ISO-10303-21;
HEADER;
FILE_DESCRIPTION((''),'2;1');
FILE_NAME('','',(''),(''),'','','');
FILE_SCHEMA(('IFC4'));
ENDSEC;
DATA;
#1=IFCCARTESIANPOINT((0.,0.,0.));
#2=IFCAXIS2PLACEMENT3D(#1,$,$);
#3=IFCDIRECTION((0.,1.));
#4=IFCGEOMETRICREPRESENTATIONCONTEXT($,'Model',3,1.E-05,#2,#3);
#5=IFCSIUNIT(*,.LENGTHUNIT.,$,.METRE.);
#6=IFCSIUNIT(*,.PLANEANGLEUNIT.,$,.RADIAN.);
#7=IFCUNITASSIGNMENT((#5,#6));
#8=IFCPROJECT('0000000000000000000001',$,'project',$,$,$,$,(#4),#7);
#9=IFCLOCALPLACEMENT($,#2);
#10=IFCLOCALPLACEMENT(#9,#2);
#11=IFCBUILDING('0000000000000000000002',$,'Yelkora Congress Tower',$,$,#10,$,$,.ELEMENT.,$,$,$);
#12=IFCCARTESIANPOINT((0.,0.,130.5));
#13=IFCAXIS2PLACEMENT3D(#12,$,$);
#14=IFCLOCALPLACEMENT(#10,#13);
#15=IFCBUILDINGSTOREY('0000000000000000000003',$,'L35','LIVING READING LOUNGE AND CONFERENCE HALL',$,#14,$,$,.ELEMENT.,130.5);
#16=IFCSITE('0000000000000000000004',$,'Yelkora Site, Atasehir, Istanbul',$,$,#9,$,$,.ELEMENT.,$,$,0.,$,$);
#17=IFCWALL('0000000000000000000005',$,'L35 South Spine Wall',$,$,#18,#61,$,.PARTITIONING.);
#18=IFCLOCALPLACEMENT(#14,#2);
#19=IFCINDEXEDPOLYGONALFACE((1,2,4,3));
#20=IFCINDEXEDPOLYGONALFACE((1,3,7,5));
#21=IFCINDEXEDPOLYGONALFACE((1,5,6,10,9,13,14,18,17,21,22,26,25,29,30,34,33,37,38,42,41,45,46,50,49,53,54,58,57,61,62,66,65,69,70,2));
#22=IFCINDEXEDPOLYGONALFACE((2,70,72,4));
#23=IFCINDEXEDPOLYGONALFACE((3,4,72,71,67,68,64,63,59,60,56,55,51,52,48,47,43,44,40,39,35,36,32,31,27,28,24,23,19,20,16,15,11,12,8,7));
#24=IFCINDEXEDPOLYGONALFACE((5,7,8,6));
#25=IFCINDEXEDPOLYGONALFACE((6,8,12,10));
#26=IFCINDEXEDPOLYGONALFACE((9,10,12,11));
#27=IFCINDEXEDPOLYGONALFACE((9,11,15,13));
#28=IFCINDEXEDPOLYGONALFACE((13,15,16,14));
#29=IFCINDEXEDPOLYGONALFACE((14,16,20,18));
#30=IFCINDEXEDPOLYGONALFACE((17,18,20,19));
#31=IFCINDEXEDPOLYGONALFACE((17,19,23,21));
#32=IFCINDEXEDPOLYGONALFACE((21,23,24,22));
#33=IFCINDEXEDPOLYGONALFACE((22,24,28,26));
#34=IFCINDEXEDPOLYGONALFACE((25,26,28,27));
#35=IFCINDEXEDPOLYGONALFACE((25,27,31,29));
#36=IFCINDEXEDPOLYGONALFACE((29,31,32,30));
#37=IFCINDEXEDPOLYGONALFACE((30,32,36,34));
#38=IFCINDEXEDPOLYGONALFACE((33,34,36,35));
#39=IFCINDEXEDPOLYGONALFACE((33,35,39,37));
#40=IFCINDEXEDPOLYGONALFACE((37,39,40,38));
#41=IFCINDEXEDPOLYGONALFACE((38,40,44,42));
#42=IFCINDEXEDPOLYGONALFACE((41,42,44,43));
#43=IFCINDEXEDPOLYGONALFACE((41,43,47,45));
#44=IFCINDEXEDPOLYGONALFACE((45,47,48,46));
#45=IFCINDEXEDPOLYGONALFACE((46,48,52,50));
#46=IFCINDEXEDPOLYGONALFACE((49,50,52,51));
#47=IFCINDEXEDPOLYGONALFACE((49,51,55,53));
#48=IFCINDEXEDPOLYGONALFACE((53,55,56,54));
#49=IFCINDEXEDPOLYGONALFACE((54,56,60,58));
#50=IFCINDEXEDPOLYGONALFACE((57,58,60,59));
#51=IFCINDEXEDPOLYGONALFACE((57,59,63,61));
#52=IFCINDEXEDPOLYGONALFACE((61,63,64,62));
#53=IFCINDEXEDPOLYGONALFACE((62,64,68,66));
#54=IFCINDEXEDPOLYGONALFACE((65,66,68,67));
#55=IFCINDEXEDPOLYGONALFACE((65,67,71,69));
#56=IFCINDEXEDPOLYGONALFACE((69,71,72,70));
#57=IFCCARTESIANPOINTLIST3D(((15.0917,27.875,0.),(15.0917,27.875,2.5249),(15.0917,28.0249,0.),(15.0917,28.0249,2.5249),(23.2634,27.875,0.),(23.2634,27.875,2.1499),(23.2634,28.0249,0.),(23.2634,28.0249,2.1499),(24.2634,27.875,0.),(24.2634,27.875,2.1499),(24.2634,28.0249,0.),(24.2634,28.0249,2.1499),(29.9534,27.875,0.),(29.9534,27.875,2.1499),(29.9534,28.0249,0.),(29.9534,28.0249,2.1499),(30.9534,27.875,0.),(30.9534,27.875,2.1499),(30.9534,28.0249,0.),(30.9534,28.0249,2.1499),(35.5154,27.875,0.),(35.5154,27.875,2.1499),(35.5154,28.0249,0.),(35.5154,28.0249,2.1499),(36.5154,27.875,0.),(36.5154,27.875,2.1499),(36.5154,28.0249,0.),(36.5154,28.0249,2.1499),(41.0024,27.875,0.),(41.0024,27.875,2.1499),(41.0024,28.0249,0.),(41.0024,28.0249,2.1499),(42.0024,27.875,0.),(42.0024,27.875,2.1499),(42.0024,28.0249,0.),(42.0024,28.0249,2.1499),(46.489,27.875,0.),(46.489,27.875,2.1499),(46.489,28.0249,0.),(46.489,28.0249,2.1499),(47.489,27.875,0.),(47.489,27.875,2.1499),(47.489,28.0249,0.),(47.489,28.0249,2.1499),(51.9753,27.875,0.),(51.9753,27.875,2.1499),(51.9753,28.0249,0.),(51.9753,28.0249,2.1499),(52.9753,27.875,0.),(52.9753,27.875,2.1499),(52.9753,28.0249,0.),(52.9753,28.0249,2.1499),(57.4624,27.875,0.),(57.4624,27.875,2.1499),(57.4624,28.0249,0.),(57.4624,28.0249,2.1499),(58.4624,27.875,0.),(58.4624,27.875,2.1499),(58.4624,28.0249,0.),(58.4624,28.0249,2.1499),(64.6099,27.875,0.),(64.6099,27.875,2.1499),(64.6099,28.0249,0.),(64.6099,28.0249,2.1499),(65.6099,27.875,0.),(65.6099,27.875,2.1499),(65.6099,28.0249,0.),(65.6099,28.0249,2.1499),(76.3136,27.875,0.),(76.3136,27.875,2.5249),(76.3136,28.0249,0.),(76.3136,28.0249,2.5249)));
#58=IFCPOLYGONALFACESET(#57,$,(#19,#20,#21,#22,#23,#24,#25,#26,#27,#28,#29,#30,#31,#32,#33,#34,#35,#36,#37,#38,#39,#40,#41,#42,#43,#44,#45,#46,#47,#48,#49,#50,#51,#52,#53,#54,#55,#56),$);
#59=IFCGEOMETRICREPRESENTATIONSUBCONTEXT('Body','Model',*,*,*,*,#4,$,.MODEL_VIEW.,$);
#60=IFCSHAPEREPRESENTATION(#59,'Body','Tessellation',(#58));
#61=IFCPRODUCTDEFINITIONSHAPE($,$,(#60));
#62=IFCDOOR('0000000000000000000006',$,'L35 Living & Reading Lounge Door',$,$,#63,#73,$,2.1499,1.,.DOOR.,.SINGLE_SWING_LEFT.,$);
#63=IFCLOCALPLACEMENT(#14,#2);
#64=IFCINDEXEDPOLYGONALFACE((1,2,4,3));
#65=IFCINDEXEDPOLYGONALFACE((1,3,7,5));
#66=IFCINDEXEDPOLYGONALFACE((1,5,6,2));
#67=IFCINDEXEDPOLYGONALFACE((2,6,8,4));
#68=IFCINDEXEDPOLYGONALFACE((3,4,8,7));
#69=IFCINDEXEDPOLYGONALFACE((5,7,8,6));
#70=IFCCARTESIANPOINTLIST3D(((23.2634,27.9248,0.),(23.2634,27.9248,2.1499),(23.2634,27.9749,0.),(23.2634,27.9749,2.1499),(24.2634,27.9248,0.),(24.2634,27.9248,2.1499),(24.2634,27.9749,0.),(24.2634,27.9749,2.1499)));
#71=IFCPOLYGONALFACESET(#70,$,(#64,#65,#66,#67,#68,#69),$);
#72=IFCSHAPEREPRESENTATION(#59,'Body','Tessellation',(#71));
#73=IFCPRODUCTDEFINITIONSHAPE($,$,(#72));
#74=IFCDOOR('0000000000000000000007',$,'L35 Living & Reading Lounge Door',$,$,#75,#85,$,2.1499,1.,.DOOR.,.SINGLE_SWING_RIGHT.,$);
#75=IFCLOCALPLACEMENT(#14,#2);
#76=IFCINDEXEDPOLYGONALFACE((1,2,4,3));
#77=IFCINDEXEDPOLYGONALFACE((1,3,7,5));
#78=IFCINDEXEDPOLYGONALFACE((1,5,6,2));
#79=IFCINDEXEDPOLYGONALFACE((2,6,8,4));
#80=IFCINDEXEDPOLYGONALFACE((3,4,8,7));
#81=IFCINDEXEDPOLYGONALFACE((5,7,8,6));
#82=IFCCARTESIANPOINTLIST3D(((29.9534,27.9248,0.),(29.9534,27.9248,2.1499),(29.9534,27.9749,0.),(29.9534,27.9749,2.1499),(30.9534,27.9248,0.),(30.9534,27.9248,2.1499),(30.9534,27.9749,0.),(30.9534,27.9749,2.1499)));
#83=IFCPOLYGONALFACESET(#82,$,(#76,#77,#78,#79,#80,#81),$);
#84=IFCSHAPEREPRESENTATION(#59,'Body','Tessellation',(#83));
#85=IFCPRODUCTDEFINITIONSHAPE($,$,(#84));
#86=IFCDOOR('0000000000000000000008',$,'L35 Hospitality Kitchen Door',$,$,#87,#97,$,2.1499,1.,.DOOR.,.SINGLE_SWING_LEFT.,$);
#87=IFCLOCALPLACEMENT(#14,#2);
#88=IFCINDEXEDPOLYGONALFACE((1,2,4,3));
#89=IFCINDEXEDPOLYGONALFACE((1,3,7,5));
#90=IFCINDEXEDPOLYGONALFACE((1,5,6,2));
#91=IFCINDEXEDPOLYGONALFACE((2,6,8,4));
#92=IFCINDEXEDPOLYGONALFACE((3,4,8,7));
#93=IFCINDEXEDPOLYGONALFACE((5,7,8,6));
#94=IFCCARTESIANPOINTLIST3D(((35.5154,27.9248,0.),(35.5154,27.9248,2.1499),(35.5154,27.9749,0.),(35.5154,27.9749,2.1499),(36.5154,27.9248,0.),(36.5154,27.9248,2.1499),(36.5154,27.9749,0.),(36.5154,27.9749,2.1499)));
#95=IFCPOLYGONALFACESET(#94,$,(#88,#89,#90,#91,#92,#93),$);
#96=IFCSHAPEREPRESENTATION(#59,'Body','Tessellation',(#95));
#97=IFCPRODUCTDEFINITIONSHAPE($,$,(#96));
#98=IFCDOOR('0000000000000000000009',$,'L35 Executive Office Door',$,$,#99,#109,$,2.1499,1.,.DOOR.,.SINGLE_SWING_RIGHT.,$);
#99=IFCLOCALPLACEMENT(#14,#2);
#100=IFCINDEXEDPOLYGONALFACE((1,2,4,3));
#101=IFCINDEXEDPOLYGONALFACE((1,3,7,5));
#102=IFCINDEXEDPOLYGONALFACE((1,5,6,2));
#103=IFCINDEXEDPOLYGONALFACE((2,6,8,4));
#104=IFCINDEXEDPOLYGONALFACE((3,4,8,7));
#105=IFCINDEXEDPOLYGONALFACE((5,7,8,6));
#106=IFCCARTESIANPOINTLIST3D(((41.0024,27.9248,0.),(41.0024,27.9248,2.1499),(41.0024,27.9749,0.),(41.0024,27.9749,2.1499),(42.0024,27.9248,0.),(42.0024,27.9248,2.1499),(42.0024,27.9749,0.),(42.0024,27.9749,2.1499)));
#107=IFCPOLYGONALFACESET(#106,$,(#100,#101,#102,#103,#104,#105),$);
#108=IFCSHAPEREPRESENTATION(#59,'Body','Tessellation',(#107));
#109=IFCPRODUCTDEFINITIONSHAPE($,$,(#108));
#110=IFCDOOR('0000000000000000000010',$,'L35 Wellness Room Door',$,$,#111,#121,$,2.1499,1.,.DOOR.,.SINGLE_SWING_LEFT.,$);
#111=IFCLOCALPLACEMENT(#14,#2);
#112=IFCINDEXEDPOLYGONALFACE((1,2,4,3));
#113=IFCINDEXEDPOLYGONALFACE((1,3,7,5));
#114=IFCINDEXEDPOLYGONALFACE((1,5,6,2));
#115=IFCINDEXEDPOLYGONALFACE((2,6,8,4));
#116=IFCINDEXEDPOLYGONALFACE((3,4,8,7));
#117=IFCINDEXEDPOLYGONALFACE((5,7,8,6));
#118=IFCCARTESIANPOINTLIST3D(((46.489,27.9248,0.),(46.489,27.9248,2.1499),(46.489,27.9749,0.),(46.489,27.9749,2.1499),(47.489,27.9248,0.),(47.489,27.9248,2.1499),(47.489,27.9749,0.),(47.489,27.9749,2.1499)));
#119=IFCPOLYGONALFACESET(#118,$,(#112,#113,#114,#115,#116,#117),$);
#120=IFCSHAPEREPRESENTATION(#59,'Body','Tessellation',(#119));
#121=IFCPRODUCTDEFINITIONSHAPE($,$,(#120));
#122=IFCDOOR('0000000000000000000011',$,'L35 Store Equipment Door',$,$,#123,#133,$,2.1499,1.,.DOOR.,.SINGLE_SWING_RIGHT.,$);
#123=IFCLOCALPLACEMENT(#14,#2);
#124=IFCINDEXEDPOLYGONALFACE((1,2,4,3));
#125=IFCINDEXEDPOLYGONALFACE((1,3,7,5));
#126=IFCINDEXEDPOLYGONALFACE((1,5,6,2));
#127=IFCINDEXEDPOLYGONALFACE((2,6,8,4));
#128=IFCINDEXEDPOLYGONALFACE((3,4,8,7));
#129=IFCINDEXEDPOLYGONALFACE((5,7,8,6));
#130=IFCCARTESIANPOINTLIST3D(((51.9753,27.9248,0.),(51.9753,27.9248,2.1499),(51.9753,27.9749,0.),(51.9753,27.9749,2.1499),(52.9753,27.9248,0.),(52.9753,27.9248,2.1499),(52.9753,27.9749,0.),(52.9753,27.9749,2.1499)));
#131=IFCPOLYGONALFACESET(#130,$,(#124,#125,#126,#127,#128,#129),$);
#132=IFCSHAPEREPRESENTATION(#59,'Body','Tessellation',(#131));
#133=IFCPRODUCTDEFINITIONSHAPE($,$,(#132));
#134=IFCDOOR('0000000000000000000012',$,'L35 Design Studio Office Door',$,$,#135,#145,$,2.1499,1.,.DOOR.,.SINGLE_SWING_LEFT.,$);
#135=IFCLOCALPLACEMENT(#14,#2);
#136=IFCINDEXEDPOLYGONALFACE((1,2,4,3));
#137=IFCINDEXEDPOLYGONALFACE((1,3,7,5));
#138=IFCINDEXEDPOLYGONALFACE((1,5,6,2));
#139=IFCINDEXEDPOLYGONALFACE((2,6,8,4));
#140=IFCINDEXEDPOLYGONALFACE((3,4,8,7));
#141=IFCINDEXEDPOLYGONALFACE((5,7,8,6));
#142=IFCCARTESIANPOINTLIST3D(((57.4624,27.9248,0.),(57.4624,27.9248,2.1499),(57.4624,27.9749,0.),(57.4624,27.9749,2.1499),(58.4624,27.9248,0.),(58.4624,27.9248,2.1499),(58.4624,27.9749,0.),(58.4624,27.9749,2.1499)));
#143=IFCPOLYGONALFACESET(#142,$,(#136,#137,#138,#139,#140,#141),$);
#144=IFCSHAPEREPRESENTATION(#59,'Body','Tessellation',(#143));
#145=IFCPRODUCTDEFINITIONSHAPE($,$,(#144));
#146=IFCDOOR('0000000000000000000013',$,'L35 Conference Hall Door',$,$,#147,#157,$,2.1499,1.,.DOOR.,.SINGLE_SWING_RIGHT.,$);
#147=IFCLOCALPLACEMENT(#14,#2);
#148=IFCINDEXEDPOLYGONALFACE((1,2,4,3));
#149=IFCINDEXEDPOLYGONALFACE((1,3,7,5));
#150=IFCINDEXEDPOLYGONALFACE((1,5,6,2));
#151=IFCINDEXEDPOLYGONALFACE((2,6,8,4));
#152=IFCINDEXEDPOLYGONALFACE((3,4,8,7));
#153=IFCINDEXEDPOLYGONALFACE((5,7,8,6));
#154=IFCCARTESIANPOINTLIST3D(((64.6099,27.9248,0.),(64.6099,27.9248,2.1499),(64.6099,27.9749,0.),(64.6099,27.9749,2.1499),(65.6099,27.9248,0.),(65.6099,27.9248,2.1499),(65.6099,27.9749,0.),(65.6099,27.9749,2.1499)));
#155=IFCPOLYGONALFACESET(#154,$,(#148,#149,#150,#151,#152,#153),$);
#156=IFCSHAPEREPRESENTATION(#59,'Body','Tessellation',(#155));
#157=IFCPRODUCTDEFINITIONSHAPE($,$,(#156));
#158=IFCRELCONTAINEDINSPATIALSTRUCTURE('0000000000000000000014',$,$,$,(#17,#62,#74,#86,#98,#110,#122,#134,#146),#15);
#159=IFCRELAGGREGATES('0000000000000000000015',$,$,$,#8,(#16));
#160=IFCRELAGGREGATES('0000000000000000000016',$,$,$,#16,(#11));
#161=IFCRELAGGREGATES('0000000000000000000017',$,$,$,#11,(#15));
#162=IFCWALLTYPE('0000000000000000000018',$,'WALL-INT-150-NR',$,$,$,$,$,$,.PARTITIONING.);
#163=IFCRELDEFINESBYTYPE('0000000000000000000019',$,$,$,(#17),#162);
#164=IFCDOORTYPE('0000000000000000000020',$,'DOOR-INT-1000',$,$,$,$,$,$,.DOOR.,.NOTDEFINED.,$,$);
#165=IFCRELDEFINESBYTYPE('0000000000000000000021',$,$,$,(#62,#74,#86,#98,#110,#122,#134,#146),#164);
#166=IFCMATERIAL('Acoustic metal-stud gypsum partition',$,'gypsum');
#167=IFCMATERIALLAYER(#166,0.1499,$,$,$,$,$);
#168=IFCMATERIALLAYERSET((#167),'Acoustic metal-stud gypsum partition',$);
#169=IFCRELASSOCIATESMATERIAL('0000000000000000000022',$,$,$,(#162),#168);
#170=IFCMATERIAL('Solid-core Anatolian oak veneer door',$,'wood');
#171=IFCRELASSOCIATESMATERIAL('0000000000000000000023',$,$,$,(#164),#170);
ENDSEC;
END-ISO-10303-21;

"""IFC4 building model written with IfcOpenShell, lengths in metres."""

from ifc_helpers import new_model, si_unit, direction, frame, frame_2d, origin, place, context, subcontext, project, spatial, rectangle, extrude, material, layer, layer_set, type_object, element, fill, save


model = new_model("IFC4")

# Units and contexts
model_context = context("Model", 3, precision=1e-05, world=origin(), true_north=direction((0.0, 1.0)))
body_context = subcontext(model_context, "Body", "Model", "MODEL_VIEW")
ifc_project = project(units=[si_unit("LENGTHUNIT", "METRE"), si_unit("PLANEANGLEUNIT", "RADIAN")], contexts=[model_context])

# Site, building, storey
site_placement = place(None, origin())
site = spatial("IfcSite", under=ifc_project, at=site_placement, Name="Yelkora Site, Atasehir, Istanbul", CompositionType="ELEMENT", RefElevation=0.0)
building_placement = place(site_placement, origin())
building = spatial("IfcBuilding", under=site, at=building_placement, Name="Yelkora Congress Tower", CompositionType="ELEMENT")
storey_placement = place(building_placement, frame((0.0, 0.0, 130.5)))
storey = spatial("IfcBuildingStorey", under=building, at=storey_placement, Name="L35", Description="LIVING READING LOUNGE AND CONFERENCE HALL", CompositionType="ELEMENT", Elevation=130.5)

# Wall, openings, doors
ifc_material_1 = material(Name="Acoustic metal-stud gypsum partition", Category="gypsum")
ifc_layer_1 = layer(ifc_material_1, 0.1499)
ifc_layer_set_1 = layer_set([ifc_layer_1], Name="Acoustic metal-stud gypsum partition")
wall_type = type_object("IfcWallType", Name="WALL-INT-150-NR", PredefinedType="PARTITIONING", material=ifc_layer_set_1)
wall_placement = place(storey_placement, frame((15.0918, 27.95, 0.0), z_axis=(0.0, 0.0, 1.0), x_axis=(1.0, 0.0, 0.0)))
wall = element("IfcWall", 1, at=wall_placement, inside=storey, type_object=wall_type, Name="L35 South Spine Wall", PredefinedType="PARTITIONING", context=body_context, shape_type="SweptSolid", body=[
    extrude(rectangle(XDim=61.2219, YDim=0.1499, at=frame_2d((30.6108, 0.0))), origin(), (0.0, 0.0, 1.0), 2.5249),
])
opening_1_placement = place(wall_placement, frame((8.1716, 0.0, 0.0)))
opening_1 = element("IfcOpeningElement", 2, at=opening_1_placement, cuts=wall, PredefinedType="OPENING", context=body_context, shape_type="SweptSolid", body=[
    extrude(rectangle(XDim=1.0, YDim=2.1499, at=frame_2d((0.5, 1.075))), frame((0.0, 0.085, 0.0), z_axis=(0.0, -1.0, 0.0), x_axis=(1.0, 0.0, 0.0)), (0.0, 0.0, 1.0), 0.1699),
])
opening_2_placement = place(wall_placement, frame((14.8616, 0.0, 0.0)))
opening_2 = element("IfcOpeningElement", 3, at=opening_2_placement, cuts=wall, PredefinedType="OPENING", context=body_context, shape_type="SweptSolid", body=[
    extrude(rectangle(XDim=1.0, YDim=2.1499, at=frame_2d((0.5, 1.075))), frame((0.0, 0.085, 0.0), z_axis=(0.0, -1.0, 0.0), x_axis=(1.0, 0.0, 0.0)), (0.0, 0.0, 1.0), 0.1699),
])
opening_3_placement = place(wall_placement, frame((20.4236, 0.0, 0.0)))
opening_3 = element("IfcOpeningElement", 4, at=opening_3_placement, cuts=wall, PredefinedType="OPENING", context=body_context, shape_type="SweptSolid", body=[
    extrude(rectangle(XDim=1.0, YDim=2.1499, at=frame_2d((0.5, 1.075))), frame((0.0, 0.085, 0.0), z_axis=(0.0, -1.0, 0.0), x_axis=(1.0, 0.0, 0.0)), (0.0, 0.0, 1.0), 0.1699),
])
opening_4_placement = place(wall_placement, frame((25.9106, 0.0, 0.0)))
opening_4 = element("IfcOpeningElement", 5, at=opening_4_placement, cuts=wall, PredefinedType="OPENING", context=body_context, shape_type="SweptSolid", body=[
    extrude(rectangle(XDim=1.0, YDim=2.1499, at=frame_2d((0.5, 1.075))), frame((0.0, 0.085, 0.0), z_axis=(0.0, -1.0, 0.0), x_axis=(1.0, 0.0, 0.0)), (0.0, 0.0, 1.0), 0.1699),
])
opening_5_placement = place(wall_placement, frame((31.3972, 0.0, 0.0)))
opening_5 = element("IfcOpeningElement", 6, at=opening_5_placement, cuts=wall, PredefinedType="OPENING", context=body_context, shape_type="SweptSolid", body=[
    extrude(rectangle(XDim=1.0, YDim=2.1499, at=frame_2d((0.5, 1.075))), frame((0.0, 0.085, 0.0), z_axis=(0.0, -1.0, 0.0), x_axis=(1.0, 0.0, 0.0)), (0.0, 0.0, 1.0), 0.1699),
])
opening_6_placement = place(wall_placement, frame((36.8835, 0.0, 0.0)))
opening_6 = element("IfcOpeningElement", 7, at=opening_6_placement, cuts=wall, PredefinedType="OPENING", context=body_context, shape_type="SweptSolid", body=[
    extrude(rectangle(XDim=1.0, YDim=2.1499, at=frame_2d((0.5, 1.075))), frame((0.0, 0.085, 0.0), z_axis=(0.0, -1.0, 0.0), x_axis=(1.0, 0.0, 0.0)), (0.0, 0.0, 1.0), 0.1699),
])
opening_7_placement = place(wall_placement, frame((42.3706, 0.0, 0.0)))
opening_7 = element("IfcOpeningElement", 8, at=opening_7_placement, cuts=wall, PredefinedType="OPENING", context=body_context, shape_type="SweptSolid", body=[
    extrude(rectangle(XDim=1.0, YDim=2.1499, at=frame_2d((0.5, 1.075))), frame((0.0, 0.085, 0.0), z_axis=(0.0, -1.0, 0.0), x_axis=(1.0, 0.0, 0.0)), (0.0, 0.0, 1.0), 0.1699),
])
opening_8_placement = place(wall_placement, frame((49.5181, 0.0, 0.0)))
opening_8 = element("IfcOpeningElement", 9, at=opening_8_placement, cuts=wall, PredefinedType="OPENING", context=body_context, shape_type="SweptSolid", body=[
    extrude(rectangle(XDim=1.0, YDim=2.1499, at=frame_2d((0.5, 1.075))), frame((0.0, 0.085, 0.0), z_axis=(0.0, -1.0, 0.0), x_axis=(1.0, 0.0, 0.0)), (0.0, 0.0, 1.0), 0.1699),
])
ifc_material_2 = material(Name="Solid-core Anatolian oak veneer door", Category="wood")
door_type = type_object("IfcDoorType", Name="DOOR-INT-1000", OperationType="NOTDEFINED", PredefinedType="DOOR", material=ifc_material_2)
door_1_placement = place(opening_1_placement, origin())
door_1 = element("IfcDoor", 10, at=door_1_placement, inside=storey, type_object=door_type, Name="L35 Living & Reading Lounge Door", OperationType="SINGLE_SWING_LEFT", OverallHeight=2.1499, OverallWidth=1.0, PredefinedType="DOOR", context=body_context, shape_type="SweptSolid", body=[
    extrude(rectangle(XDim=1.0, YDim=2.1499, at=frame_2d((0.5, 1.075))), frame((0.0, 0.0249, 0.0), z_axis=(0.0, -1.0, 0.0), x_axis=(1.0, 0.0, 0.0)), (0.0, 0.0, 1.0), 0.05),
])
fill(opening_1, door_1)
door_2_placement = place(opening_2_placement, origin())
door_2 = element("IfcDoor", 11, at=door_2_placement, inside=storey, type_object=door_type, Name="L35 Living & Reading Lounge Door", OperationType="SINGLE_SWING_RIGHT", OverallHeight=2.1499, OverallWidth=1.0, PredefinedType="DOOR", context=body_context, shape_type="SweptSolid", body=[
    extrude(rectangle(XDim=1.0, YDim=2.1499, at=frame_2d((0.5, 1.075))), frame((0.0, 0.0249, 0.0), z_axis=(0.0, -1.0, 0.0), x_axis=(1.0, 0.0, 0.0)), (0.0, 0.0, 1.0), 0.05),
])
fill(opening_2, door_2)
door_3_placement = place(opening_3_placement, origin())
door_3 = element("IfcDoor", 12, at=door_3_placement, inside=storey, type_object=door_type, Name="L35 Hospitality Kitchen Door", OperationType="SINGLE_SWING_LEFT", OverallHeight=2.1499, OverallWidth=1.0, PredefinedType="DOOR", context=body_context, shape_type="SweptSolid", body=[
    extrude(rectangle(XDim=1.0, YDim=2.1499, at=frame_2d((0.5, 1.075))), frame((0.0, 0.0249, 0.0), z_axis=(0.0, -1.0, 0.0), x_axis=(1.0, 0.0, 0.0)), (0.0, 0.0, 1.0), 0.05),
])
fill(opening_3, door_3)
door_4_placement = place(opening_4_placement, origin())
door_4 = element("IfcDoor", 13, at=door_4_placement, inside=storey, type_object=door_type, Name="L35 Executive Office Door", OperationType="SINGLE_SWING_RIGHT", OverallHeight=2.1499, OverallWidth=1.0, PredefinedType="DOOR", context=body_context, shape_type="SweptSolid", body=[
    extrude(rectangle(XDim=1.0, YDim=2.1499, at=frame_2d((0.5, 1.075))), frame((0.0, 0.0249, 0.0), z_axis=(0.0, -1.0, 0.0), x_axis=(1.0, 0.0, 0.0)), (0.0, 0.0, 1.0), 0.05),
])
fill(opening_4, door_4)
door_5_placement = place(opening_5_placement, origin())
door_5 = element("IfcDoor", 14, at=door_5_placement, inside=storey, type_object=door_type, Name="L35 Wellness Room Door", OperationType="SINGLE_SWING_LEFT", OverallHeight=2.1499, OverallWidth=1.0, PredefinedType="DOOR", context=body_context, shape_type="SweptSolid", body=[
    extrude(rectangle(XDim=1.0, YDim=2.1499, at=frame_2d((0.5, 1.075))), frame((0.0, 0.0249, 0.0), z_axis=(0.0, -1.0, 0.0), x_axis=(1.0, 0.0, 0.0)), (0.0, 0.0, 1.0), 0.05),
])
fill(opening_5, door_5)
door_6_placement = place(opening_6_placement, origin())
door_6 = element("IfcDoor", 15, at=door_6_placement, inside=storey, type_object=door_type, Name="L35 Store Equipment Door", OperationType="SINGLE_SWING_RIGHT", OverallHeight=2.1499, OverallWidth=1.0, PredefinedType="DOOR", context=body_context, shape_type="SweptSolid", body=[
    extrude(rectangle(XDim=1.0, YDim=2.1499, at=frame_2d((0.5, 1.075))), frame((0.0, 0.0249, 0.0), z_axis=(0.0, -1.0, 0.0), x_axis=(1.0, 0.0, 0.0)), (0.0, 0.0, 1.0), 0.05),
])
fill(opening_6, door_6)
door_7_placement = place(opening_7_placement, origin())
door_7 = element("IfcDoor", 16, at=door_7_placement, inside=storey, type_object=door_type, Name="L35 Design Studio Office Door", OperationType="SINGLE_SWING_LEFT", OverallHeight=2.1499, OverallWidth=1.0, PredefinedType="DOOR", context=body_context, shape_type="SweptSolid", body=[
    extrude(rectangle(XDim=1.0, YDim=2.1499, at=frame_2d((0.5, 1.075))), frame((0.0, 0.0249, 0.0), z_axis=(0.0, -1.0, 0.0), x_axis=(1.0, 0.0, 0.0)), (0.0, 0.0, 1.0), 0.05),
])
fill(opening_7, door_7)
door_8_placement = place(opening_8_placement, origin())
door_8 = element("IfcDoor", 17, at=door_8_placement, inside=storey, type_object=door_type, Name="L35 Conference Hall Door", OperationType="SINGLE_SWING_RIGHT", OverallHeight=2.1499, OverallWidth=1.0, PredefinedType="DOOR", context=body_context, shape_type="SweptSolid", body=[
    extrude(rectangle(XDim=1.0, YDim=2.1499, at=frame_2d((0.5, 1.075))), frame((0.0, 0.0249, 0.0), z_axis=(0.0, -1.0, 0.0), x_axis=(1.0, 0.0, 0.0)), (0.0, 0.0, 1.0), 0.05),
])
fill(opening_8, door_8)

save(model, "model.ifc")
